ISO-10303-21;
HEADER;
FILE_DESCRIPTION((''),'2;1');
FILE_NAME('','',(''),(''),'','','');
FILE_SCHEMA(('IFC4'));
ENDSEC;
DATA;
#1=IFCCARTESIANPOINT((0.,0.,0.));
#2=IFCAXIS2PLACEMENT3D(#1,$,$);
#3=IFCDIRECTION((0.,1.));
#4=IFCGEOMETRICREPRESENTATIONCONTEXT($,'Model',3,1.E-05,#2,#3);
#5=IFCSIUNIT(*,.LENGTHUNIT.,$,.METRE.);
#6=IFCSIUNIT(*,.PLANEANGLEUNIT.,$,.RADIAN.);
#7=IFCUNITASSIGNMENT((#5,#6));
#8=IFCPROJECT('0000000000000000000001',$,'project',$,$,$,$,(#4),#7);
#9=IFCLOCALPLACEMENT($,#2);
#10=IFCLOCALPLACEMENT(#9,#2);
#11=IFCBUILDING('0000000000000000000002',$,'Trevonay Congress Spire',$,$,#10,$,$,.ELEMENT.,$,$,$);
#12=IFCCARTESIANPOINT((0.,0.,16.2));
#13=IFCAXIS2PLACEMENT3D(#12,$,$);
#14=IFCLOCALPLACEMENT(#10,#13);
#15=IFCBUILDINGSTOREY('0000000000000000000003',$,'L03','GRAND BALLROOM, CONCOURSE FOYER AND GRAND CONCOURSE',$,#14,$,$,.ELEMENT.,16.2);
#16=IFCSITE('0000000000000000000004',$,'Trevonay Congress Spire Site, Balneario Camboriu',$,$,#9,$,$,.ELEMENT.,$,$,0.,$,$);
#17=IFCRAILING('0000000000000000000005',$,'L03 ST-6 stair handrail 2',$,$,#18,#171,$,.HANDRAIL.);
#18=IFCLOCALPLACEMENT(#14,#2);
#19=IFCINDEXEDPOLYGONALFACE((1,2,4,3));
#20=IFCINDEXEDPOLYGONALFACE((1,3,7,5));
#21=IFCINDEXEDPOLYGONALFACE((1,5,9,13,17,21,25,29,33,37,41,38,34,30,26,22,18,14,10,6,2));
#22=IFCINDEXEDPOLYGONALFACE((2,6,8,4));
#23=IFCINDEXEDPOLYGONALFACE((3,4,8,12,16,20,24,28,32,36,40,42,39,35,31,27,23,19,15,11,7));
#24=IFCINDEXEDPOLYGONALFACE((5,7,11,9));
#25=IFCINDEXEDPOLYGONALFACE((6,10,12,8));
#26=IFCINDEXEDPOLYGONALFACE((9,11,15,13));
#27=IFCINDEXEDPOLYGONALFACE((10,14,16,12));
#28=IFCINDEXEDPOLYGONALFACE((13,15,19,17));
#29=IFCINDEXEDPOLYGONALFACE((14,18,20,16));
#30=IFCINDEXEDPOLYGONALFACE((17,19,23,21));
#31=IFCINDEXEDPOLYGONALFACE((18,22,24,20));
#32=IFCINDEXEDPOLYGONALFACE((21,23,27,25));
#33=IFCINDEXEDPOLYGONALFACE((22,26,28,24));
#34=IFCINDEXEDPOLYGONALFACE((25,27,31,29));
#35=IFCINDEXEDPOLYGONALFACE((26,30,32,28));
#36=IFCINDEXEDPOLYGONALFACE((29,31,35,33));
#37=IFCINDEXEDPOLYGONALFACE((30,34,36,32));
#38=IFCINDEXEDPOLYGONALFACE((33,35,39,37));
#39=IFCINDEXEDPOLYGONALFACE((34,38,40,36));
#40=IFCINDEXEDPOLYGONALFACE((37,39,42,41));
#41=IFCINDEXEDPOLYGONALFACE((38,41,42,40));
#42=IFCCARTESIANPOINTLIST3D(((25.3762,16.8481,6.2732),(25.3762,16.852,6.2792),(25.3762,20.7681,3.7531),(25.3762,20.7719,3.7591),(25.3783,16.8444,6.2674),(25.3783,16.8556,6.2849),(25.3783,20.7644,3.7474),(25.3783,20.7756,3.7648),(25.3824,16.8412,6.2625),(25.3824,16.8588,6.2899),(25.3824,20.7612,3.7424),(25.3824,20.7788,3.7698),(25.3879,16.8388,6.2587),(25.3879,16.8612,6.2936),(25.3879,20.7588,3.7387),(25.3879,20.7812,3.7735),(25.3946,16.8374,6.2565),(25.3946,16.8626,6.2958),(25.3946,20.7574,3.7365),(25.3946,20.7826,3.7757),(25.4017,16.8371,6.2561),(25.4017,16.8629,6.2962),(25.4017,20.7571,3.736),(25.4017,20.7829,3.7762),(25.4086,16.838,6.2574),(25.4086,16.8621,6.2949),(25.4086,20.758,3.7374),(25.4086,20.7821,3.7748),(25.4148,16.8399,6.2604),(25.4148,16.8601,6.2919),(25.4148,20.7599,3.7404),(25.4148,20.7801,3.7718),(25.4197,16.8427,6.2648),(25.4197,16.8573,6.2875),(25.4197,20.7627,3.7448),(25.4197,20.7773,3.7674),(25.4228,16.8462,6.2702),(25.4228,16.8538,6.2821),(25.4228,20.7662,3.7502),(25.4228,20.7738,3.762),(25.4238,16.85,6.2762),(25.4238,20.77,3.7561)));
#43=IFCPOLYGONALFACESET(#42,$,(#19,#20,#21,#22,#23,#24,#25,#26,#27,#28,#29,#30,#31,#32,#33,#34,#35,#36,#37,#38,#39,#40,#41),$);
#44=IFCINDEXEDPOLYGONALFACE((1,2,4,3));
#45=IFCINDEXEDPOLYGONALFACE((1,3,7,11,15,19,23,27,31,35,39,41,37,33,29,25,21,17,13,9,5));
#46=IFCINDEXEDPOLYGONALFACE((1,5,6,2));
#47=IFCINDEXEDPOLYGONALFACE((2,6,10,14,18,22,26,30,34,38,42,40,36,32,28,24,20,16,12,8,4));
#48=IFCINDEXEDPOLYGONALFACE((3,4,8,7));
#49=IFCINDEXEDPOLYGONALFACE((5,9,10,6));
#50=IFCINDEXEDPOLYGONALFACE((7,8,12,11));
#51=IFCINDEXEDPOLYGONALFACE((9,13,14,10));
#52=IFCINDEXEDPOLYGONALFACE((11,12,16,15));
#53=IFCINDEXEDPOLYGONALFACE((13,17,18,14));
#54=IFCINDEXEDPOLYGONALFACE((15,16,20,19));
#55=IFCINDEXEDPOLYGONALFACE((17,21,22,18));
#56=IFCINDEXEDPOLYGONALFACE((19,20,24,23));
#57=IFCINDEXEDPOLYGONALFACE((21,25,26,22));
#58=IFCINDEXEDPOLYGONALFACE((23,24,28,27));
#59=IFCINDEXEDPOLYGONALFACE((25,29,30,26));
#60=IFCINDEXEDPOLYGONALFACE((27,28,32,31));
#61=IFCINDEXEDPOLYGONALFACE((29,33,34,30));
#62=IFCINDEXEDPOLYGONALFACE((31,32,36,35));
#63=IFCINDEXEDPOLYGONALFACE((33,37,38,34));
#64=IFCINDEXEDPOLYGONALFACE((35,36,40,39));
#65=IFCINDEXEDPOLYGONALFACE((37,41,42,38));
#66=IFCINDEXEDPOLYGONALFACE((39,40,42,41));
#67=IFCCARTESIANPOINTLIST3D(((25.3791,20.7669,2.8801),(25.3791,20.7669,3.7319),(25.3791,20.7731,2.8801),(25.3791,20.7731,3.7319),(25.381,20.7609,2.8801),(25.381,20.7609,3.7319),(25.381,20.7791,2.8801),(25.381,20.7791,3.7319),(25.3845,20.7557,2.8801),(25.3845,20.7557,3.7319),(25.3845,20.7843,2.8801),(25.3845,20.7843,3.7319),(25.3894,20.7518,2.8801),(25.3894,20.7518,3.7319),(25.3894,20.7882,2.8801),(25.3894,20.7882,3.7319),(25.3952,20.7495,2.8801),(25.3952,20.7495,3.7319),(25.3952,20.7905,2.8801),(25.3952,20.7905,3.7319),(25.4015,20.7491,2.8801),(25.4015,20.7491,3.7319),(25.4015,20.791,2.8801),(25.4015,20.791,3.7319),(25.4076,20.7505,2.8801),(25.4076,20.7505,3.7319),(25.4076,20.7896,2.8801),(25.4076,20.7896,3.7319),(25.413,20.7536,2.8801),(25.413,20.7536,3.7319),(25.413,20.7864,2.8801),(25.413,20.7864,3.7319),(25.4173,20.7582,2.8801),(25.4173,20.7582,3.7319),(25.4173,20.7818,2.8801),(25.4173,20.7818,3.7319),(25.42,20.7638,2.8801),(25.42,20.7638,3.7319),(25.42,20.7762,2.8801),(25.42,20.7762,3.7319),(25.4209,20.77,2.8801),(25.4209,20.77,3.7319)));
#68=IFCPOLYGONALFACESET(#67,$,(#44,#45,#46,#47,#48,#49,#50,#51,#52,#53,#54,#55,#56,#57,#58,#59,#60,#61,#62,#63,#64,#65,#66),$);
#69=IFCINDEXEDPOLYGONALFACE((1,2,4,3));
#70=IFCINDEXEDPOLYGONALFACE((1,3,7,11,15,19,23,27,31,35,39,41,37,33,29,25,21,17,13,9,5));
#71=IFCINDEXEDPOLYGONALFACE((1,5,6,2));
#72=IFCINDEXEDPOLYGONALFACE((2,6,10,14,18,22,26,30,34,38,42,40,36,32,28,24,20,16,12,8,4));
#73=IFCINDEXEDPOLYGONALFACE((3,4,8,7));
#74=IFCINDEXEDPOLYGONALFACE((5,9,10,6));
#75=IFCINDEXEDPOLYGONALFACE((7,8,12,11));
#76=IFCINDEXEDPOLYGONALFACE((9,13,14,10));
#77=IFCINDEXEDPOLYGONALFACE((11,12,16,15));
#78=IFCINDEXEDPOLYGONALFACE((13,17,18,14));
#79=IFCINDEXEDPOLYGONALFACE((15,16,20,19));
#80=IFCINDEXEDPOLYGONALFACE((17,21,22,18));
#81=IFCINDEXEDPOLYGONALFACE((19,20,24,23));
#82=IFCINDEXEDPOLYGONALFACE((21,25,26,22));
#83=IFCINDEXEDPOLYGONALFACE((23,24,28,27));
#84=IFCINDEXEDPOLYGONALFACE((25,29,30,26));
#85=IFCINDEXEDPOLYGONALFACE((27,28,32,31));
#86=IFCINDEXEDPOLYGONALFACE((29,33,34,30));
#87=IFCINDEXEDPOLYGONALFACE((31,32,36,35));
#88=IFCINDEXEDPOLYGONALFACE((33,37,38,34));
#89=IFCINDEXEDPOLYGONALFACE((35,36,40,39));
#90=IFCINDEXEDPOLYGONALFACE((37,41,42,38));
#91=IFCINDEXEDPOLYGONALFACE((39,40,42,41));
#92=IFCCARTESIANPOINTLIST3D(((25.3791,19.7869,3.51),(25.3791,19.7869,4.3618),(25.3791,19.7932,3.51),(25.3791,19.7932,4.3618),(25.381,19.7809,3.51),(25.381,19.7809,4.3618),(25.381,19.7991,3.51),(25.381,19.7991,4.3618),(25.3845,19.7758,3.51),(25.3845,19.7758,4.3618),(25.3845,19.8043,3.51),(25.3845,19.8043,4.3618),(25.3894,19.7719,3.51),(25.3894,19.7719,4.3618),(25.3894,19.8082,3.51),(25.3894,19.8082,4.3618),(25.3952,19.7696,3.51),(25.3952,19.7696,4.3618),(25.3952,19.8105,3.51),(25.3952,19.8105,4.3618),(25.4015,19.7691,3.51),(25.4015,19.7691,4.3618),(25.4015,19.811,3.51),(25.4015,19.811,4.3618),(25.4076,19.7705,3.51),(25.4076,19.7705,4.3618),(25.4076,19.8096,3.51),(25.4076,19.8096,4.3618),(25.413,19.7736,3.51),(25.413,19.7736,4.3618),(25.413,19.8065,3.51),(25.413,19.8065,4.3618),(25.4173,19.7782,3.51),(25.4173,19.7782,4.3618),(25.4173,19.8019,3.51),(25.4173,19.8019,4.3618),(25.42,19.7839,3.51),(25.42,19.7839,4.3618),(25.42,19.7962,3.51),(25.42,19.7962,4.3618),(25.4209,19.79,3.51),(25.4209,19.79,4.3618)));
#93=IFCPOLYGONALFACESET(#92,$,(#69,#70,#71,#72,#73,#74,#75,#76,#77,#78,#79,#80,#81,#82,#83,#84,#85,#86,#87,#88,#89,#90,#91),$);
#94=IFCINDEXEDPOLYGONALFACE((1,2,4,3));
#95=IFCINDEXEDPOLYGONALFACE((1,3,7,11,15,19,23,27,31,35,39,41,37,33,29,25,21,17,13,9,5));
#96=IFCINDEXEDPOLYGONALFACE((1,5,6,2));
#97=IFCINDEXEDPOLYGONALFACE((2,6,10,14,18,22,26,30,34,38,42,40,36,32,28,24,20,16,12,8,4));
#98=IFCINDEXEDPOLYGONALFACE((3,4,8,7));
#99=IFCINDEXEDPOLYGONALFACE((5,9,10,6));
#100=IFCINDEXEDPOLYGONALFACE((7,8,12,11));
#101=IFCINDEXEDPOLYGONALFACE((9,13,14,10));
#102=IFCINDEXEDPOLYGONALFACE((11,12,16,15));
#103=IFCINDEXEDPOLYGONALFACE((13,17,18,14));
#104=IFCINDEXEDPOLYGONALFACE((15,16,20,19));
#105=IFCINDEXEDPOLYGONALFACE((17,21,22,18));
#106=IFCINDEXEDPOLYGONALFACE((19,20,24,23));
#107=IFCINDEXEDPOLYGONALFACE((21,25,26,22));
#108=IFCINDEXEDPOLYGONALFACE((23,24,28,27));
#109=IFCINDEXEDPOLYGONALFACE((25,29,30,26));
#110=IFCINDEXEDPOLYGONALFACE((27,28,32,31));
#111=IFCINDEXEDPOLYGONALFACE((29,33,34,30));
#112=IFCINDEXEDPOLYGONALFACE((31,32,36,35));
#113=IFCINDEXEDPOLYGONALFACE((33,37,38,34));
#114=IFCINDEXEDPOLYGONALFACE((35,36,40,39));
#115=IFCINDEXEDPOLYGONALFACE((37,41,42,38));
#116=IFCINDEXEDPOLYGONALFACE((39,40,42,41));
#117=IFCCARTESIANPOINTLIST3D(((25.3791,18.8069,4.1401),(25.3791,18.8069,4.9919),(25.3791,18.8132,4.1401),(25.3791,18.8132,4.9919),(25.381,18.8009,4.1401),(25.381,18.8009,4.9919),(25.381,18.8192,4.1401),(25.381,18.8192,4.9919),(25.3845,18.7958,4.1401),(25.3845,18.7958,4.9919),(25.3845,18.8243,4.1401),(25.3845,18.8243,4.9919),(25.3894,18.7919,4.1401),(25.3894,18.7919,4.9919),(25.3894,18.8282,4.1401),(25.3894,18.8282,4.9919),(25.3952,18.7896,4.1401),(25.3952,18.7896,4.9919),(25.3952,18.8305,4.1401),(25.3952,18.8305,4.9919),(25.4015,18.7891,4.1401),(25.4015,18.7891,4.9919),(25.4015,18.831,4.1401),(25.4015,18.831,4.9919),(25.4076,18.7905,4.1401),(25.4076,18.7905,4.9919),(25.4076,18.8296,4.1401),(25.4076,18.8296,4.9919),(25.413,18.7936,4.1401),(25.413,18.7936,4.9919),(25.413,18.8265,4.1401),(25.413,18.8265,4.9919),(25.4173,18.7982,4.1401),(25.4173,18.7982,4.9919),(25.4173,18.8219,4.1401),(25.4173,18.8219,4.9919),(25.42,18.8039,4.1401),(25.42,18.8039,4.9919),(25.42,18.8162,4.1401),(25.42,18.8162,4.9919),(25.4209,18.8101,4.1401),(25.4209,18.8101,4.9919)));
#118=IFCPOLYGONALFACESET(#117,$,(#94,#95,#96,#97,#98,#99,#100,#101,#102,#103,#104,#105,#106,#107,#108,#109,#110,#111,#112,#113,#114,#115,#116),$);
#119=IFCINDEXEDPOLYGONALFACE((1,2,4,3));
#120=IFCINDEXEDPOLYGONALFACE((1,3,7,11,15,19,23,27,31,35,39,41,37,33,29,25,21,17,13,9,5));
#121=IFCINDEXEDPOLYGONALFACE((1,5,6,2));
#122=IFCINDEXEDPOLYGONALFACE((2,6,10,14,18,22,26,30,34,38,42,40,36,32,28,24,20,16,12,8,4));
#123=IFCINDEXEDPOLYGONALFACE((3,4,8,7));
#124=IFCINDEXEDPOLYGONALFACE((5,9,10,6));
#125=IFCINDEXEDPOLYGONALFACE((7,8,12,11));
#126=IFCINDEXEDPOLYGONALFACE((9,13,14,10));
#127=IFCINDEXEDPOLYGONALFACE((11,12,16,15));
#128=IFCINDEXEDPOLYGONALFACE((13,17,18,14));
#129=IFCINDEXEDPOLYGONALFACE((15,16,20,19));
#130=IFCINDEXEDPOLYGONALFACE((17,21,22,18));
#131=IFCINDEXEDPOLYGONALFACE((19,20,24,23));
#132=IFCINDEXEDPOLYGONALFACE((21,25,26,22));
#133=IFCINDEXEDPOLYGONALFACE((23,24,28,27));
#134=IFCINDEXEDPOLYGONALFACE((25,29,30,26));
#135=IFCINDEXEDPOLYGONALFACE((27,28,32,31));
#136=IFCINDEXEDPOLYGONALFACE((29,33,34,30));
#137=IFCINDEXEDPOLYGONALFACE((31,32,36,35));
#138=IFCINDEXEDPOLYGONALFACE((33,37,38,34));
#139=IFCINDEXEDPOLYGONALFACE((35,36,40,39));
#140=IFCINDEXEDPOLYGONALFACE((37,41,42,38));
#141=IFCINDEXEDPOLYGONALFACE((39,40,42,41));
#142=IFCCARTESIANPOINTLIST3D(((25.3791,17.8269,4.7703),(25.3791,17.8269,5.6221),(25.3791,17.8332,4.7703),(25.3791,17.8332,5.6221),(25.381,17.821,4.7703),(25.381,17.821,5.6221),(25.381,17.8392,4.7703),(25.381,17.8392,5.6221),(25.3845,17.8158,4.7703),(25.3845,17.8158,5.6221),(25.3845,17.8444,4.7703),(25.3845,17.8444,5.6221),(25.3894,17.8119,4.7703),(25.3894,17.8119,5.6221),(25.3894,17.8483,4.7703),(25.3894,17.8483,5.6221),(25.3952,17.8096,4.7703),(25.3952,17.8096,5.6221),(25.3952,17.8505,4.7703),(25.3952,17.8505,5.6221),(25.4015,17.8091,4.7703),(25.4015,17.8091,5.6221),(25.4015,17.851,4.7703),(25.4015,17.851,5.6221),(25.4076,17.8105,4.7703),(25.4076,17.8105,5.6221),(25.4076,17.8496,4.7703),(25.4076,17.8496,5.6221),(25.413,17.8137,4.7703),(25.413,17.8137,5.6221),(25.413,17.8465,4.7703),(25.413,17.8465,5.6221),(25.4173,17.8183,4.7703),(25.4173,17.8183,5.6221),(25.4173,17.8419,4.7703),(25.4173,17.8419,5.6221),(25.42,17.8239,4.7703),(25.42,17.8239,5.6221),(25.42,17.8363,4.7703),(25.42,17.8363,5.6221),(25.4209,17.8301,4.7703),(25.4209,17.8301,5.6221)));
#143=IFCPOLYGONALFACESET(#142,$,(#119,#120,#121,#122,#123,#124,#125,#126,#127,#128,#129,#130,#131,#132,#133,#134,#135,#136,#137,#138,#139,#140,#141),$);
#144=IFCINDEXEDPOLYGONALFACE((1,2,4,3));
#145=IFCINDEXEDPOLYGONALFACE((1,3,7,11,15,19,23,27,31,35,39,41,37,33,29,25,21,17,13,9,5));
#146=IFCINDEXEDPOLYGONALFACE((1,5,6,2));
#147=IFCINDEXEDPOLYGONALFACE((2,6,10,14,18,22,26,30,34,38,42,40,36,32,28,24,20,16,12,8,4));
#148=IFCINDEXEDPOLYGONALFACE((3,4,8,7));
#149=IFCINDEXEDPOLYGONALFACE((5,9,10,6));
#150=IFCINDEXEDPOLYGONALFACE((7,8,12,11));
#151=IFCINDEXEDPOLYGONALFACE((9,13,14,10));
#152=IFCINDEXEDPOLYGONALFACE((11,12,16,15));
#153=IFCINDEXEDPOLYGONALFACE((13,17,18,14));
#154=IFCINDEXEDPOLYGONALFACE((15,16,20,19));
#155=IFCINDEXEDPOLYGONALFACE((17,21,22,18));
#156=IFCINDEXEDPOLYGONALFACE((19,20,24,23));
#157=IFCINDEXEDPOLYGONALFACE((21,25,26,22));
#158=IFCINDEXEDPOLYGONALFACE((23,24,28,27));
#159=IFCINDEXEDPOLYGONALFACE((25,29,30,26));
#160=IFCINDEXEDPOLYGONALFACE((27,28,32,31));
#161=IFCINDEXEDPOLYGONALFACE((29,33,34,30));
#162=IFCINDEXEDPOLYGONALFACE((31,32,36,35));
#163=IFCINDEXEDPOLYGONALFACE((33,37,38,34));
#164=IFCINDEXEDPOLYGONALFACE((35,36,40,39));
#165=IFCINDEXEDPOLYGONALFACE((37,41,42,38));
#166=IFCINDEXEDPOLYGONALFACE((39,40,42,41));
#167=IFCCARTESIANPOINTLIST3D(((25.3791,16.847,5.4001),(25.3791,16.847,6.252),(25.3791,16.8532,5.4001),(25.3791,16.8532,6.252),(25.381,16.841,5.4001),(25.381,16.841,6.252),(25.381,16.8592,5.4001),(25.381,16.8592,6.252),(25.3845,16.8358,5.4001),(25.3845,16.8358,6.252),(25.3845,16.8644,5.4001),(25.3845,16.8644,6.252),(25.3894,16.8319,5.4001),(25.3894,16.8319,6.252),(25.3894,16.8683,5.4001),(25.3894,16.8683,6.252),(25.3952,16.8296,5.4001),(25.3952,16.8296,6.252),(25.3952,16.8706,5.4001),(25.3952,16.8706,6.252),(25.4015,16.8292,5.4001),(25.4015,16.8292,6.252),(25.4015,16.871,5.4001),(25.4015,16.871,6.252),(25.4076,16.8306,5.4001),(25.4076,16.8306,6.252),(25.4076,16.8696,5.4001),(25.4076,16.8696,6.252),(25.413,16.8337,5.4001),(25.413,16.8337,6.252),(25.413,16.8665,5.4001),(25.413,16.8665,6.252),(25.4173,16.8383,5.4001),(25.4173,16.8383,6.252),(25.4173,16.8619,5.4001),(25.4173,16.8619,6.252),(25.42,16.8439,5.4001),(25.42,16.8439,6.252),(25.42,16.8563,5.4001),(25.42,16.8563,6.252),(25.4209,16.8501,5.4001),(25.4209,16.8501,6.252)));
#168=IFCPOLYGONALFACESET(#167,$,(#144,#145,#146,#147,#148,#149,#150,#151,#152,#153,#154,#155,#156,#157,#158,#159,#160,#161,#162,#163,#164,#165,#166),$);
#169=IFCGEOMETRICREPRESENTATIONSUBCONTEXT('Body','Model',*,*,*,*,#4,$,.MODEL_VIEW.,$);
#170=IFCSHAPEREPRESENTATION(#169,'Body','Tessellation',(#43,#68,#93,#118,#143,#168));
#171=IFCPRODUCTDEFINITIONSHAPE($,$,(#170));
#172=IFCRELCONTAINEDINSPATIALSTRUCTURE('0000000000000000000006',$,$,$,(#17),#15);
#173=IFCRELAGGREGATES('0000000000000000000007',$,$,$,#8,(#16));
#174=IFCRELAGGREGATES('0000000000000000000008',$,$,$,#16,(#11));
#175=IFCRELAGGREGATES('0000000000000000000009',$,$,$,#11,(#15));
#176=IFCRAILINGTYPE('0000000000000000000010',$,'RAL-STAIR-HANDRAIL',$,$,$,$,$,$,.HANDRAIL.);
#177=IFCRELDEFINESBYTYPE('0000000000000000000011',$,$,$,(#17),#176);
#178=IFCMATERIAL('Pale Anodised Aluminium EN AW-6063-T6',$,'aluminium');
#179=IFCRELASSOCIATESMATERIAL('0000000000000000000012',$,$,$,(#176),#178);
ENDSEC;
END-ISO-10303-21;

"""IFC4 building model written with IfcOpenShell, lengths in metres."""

from ifc_helpers import new_model, si_unit, direction, frame, origin, origin_2d, place, context, subcontext, project, spatial, circle, extrude, material, type_object, element, save


model = new_model("IFC4")

# Units and contexts
model_context = context("Model", 3, precision=1e-05, world=origin(), true_north=direction((0.0, 1.0)))
body_context = subcontext(model_context, "Body", "Model", "MODEL_VIEW")
ifc_project = project(units=[si_unit("LENGTHUNIT", "METRE"), si_unit("PLANEANGLEUNIT", "RADIAN")], contexts=[model_context])

# Site, building, storey
site_placement = place(None, origin())
site = spatial("IfcSite", under=ifc_project, at=site_placement, Name="Trevonay Congress Spire Site, Balneario Camboriu", CompositionType="ELEMENT", RefElevation=0.0)
building_placement = place(site_placement, origin())
building = spatial("IfcBuilding", under=site, at=building_placement, Name="Trevonay Congress Spire", CompositionType="ELEMENT")
storey_placement = place(building_placement, frame((0.0, 0.0, 16.2)))
storey = spatial("IfcBuildingStorey", under=building, at=storey_placement, Name="L03", Description="GRAND BALLROOM, CONCOURSE FOYER AND GRAND CONCOURSE", CompositionType="ELEMENT", Elevation=16.2)

# Shared definitions
ifc_material_1 = material(Name="Pale Anodised Aluminium EN AW-6063-T6", Category="aluminium")

# Railing
railing_type_1 = type_object("IfcRailingType", Name="RAL-STAIR-HANDRAIL", PredefinedType="HANDRAIL", material=ifc_material_1)
railing_1_placement = place(storey_placement, frame((25.3999, 20.77, 2.8801)))
element("IfcRailing", 1, at=railing_1_placement, inside=storey, type_object=railing_type_1, Name="L03 ST-6 stair handrail 2", PredefinedType="HANDRAIL", context=body_context, shape_type="SweptSolid", body=[
    extrude(circle(Radius=0.0239, at=origin_2d()), frame((0.0, 0.0, 0.876), z_axis=(0.0, -0.841172, 0.540768), x_axis=(1.0, 0.0, 0.0)), (0.0, 0.0, 1.0), 4.6602),
    extrude(circle(Radius=0.021, at=origin_2d()), origin(), (0.0, 0.0, 1.0), 0.8518),
    extrude(circle(Radius=0.021, at=origin_2d()), frame((0.0, -0.98, 0.6299)), (0.0, 0.0, 1.0), 0.8518),
    extrude(circle(Radius=0.021, at=origin_2d()), frame((0.0, -1.96, 1.26)), (0.0, 0.0, 1.0), 0.8518),
    extrude(circle(Radius=0.021, at=origin_2d()), frame((0.0, -2.9399, 1.8901)), (0.0, 0.0, 1.0), 0.8518),
    extrude(circle(Radius=0.021, at=origin_2d()), frame((0.0, -3.9199, 2.52)), (0.0, 0.0, 1.0), 0.8518),
])

save(model, "model.ifc")
